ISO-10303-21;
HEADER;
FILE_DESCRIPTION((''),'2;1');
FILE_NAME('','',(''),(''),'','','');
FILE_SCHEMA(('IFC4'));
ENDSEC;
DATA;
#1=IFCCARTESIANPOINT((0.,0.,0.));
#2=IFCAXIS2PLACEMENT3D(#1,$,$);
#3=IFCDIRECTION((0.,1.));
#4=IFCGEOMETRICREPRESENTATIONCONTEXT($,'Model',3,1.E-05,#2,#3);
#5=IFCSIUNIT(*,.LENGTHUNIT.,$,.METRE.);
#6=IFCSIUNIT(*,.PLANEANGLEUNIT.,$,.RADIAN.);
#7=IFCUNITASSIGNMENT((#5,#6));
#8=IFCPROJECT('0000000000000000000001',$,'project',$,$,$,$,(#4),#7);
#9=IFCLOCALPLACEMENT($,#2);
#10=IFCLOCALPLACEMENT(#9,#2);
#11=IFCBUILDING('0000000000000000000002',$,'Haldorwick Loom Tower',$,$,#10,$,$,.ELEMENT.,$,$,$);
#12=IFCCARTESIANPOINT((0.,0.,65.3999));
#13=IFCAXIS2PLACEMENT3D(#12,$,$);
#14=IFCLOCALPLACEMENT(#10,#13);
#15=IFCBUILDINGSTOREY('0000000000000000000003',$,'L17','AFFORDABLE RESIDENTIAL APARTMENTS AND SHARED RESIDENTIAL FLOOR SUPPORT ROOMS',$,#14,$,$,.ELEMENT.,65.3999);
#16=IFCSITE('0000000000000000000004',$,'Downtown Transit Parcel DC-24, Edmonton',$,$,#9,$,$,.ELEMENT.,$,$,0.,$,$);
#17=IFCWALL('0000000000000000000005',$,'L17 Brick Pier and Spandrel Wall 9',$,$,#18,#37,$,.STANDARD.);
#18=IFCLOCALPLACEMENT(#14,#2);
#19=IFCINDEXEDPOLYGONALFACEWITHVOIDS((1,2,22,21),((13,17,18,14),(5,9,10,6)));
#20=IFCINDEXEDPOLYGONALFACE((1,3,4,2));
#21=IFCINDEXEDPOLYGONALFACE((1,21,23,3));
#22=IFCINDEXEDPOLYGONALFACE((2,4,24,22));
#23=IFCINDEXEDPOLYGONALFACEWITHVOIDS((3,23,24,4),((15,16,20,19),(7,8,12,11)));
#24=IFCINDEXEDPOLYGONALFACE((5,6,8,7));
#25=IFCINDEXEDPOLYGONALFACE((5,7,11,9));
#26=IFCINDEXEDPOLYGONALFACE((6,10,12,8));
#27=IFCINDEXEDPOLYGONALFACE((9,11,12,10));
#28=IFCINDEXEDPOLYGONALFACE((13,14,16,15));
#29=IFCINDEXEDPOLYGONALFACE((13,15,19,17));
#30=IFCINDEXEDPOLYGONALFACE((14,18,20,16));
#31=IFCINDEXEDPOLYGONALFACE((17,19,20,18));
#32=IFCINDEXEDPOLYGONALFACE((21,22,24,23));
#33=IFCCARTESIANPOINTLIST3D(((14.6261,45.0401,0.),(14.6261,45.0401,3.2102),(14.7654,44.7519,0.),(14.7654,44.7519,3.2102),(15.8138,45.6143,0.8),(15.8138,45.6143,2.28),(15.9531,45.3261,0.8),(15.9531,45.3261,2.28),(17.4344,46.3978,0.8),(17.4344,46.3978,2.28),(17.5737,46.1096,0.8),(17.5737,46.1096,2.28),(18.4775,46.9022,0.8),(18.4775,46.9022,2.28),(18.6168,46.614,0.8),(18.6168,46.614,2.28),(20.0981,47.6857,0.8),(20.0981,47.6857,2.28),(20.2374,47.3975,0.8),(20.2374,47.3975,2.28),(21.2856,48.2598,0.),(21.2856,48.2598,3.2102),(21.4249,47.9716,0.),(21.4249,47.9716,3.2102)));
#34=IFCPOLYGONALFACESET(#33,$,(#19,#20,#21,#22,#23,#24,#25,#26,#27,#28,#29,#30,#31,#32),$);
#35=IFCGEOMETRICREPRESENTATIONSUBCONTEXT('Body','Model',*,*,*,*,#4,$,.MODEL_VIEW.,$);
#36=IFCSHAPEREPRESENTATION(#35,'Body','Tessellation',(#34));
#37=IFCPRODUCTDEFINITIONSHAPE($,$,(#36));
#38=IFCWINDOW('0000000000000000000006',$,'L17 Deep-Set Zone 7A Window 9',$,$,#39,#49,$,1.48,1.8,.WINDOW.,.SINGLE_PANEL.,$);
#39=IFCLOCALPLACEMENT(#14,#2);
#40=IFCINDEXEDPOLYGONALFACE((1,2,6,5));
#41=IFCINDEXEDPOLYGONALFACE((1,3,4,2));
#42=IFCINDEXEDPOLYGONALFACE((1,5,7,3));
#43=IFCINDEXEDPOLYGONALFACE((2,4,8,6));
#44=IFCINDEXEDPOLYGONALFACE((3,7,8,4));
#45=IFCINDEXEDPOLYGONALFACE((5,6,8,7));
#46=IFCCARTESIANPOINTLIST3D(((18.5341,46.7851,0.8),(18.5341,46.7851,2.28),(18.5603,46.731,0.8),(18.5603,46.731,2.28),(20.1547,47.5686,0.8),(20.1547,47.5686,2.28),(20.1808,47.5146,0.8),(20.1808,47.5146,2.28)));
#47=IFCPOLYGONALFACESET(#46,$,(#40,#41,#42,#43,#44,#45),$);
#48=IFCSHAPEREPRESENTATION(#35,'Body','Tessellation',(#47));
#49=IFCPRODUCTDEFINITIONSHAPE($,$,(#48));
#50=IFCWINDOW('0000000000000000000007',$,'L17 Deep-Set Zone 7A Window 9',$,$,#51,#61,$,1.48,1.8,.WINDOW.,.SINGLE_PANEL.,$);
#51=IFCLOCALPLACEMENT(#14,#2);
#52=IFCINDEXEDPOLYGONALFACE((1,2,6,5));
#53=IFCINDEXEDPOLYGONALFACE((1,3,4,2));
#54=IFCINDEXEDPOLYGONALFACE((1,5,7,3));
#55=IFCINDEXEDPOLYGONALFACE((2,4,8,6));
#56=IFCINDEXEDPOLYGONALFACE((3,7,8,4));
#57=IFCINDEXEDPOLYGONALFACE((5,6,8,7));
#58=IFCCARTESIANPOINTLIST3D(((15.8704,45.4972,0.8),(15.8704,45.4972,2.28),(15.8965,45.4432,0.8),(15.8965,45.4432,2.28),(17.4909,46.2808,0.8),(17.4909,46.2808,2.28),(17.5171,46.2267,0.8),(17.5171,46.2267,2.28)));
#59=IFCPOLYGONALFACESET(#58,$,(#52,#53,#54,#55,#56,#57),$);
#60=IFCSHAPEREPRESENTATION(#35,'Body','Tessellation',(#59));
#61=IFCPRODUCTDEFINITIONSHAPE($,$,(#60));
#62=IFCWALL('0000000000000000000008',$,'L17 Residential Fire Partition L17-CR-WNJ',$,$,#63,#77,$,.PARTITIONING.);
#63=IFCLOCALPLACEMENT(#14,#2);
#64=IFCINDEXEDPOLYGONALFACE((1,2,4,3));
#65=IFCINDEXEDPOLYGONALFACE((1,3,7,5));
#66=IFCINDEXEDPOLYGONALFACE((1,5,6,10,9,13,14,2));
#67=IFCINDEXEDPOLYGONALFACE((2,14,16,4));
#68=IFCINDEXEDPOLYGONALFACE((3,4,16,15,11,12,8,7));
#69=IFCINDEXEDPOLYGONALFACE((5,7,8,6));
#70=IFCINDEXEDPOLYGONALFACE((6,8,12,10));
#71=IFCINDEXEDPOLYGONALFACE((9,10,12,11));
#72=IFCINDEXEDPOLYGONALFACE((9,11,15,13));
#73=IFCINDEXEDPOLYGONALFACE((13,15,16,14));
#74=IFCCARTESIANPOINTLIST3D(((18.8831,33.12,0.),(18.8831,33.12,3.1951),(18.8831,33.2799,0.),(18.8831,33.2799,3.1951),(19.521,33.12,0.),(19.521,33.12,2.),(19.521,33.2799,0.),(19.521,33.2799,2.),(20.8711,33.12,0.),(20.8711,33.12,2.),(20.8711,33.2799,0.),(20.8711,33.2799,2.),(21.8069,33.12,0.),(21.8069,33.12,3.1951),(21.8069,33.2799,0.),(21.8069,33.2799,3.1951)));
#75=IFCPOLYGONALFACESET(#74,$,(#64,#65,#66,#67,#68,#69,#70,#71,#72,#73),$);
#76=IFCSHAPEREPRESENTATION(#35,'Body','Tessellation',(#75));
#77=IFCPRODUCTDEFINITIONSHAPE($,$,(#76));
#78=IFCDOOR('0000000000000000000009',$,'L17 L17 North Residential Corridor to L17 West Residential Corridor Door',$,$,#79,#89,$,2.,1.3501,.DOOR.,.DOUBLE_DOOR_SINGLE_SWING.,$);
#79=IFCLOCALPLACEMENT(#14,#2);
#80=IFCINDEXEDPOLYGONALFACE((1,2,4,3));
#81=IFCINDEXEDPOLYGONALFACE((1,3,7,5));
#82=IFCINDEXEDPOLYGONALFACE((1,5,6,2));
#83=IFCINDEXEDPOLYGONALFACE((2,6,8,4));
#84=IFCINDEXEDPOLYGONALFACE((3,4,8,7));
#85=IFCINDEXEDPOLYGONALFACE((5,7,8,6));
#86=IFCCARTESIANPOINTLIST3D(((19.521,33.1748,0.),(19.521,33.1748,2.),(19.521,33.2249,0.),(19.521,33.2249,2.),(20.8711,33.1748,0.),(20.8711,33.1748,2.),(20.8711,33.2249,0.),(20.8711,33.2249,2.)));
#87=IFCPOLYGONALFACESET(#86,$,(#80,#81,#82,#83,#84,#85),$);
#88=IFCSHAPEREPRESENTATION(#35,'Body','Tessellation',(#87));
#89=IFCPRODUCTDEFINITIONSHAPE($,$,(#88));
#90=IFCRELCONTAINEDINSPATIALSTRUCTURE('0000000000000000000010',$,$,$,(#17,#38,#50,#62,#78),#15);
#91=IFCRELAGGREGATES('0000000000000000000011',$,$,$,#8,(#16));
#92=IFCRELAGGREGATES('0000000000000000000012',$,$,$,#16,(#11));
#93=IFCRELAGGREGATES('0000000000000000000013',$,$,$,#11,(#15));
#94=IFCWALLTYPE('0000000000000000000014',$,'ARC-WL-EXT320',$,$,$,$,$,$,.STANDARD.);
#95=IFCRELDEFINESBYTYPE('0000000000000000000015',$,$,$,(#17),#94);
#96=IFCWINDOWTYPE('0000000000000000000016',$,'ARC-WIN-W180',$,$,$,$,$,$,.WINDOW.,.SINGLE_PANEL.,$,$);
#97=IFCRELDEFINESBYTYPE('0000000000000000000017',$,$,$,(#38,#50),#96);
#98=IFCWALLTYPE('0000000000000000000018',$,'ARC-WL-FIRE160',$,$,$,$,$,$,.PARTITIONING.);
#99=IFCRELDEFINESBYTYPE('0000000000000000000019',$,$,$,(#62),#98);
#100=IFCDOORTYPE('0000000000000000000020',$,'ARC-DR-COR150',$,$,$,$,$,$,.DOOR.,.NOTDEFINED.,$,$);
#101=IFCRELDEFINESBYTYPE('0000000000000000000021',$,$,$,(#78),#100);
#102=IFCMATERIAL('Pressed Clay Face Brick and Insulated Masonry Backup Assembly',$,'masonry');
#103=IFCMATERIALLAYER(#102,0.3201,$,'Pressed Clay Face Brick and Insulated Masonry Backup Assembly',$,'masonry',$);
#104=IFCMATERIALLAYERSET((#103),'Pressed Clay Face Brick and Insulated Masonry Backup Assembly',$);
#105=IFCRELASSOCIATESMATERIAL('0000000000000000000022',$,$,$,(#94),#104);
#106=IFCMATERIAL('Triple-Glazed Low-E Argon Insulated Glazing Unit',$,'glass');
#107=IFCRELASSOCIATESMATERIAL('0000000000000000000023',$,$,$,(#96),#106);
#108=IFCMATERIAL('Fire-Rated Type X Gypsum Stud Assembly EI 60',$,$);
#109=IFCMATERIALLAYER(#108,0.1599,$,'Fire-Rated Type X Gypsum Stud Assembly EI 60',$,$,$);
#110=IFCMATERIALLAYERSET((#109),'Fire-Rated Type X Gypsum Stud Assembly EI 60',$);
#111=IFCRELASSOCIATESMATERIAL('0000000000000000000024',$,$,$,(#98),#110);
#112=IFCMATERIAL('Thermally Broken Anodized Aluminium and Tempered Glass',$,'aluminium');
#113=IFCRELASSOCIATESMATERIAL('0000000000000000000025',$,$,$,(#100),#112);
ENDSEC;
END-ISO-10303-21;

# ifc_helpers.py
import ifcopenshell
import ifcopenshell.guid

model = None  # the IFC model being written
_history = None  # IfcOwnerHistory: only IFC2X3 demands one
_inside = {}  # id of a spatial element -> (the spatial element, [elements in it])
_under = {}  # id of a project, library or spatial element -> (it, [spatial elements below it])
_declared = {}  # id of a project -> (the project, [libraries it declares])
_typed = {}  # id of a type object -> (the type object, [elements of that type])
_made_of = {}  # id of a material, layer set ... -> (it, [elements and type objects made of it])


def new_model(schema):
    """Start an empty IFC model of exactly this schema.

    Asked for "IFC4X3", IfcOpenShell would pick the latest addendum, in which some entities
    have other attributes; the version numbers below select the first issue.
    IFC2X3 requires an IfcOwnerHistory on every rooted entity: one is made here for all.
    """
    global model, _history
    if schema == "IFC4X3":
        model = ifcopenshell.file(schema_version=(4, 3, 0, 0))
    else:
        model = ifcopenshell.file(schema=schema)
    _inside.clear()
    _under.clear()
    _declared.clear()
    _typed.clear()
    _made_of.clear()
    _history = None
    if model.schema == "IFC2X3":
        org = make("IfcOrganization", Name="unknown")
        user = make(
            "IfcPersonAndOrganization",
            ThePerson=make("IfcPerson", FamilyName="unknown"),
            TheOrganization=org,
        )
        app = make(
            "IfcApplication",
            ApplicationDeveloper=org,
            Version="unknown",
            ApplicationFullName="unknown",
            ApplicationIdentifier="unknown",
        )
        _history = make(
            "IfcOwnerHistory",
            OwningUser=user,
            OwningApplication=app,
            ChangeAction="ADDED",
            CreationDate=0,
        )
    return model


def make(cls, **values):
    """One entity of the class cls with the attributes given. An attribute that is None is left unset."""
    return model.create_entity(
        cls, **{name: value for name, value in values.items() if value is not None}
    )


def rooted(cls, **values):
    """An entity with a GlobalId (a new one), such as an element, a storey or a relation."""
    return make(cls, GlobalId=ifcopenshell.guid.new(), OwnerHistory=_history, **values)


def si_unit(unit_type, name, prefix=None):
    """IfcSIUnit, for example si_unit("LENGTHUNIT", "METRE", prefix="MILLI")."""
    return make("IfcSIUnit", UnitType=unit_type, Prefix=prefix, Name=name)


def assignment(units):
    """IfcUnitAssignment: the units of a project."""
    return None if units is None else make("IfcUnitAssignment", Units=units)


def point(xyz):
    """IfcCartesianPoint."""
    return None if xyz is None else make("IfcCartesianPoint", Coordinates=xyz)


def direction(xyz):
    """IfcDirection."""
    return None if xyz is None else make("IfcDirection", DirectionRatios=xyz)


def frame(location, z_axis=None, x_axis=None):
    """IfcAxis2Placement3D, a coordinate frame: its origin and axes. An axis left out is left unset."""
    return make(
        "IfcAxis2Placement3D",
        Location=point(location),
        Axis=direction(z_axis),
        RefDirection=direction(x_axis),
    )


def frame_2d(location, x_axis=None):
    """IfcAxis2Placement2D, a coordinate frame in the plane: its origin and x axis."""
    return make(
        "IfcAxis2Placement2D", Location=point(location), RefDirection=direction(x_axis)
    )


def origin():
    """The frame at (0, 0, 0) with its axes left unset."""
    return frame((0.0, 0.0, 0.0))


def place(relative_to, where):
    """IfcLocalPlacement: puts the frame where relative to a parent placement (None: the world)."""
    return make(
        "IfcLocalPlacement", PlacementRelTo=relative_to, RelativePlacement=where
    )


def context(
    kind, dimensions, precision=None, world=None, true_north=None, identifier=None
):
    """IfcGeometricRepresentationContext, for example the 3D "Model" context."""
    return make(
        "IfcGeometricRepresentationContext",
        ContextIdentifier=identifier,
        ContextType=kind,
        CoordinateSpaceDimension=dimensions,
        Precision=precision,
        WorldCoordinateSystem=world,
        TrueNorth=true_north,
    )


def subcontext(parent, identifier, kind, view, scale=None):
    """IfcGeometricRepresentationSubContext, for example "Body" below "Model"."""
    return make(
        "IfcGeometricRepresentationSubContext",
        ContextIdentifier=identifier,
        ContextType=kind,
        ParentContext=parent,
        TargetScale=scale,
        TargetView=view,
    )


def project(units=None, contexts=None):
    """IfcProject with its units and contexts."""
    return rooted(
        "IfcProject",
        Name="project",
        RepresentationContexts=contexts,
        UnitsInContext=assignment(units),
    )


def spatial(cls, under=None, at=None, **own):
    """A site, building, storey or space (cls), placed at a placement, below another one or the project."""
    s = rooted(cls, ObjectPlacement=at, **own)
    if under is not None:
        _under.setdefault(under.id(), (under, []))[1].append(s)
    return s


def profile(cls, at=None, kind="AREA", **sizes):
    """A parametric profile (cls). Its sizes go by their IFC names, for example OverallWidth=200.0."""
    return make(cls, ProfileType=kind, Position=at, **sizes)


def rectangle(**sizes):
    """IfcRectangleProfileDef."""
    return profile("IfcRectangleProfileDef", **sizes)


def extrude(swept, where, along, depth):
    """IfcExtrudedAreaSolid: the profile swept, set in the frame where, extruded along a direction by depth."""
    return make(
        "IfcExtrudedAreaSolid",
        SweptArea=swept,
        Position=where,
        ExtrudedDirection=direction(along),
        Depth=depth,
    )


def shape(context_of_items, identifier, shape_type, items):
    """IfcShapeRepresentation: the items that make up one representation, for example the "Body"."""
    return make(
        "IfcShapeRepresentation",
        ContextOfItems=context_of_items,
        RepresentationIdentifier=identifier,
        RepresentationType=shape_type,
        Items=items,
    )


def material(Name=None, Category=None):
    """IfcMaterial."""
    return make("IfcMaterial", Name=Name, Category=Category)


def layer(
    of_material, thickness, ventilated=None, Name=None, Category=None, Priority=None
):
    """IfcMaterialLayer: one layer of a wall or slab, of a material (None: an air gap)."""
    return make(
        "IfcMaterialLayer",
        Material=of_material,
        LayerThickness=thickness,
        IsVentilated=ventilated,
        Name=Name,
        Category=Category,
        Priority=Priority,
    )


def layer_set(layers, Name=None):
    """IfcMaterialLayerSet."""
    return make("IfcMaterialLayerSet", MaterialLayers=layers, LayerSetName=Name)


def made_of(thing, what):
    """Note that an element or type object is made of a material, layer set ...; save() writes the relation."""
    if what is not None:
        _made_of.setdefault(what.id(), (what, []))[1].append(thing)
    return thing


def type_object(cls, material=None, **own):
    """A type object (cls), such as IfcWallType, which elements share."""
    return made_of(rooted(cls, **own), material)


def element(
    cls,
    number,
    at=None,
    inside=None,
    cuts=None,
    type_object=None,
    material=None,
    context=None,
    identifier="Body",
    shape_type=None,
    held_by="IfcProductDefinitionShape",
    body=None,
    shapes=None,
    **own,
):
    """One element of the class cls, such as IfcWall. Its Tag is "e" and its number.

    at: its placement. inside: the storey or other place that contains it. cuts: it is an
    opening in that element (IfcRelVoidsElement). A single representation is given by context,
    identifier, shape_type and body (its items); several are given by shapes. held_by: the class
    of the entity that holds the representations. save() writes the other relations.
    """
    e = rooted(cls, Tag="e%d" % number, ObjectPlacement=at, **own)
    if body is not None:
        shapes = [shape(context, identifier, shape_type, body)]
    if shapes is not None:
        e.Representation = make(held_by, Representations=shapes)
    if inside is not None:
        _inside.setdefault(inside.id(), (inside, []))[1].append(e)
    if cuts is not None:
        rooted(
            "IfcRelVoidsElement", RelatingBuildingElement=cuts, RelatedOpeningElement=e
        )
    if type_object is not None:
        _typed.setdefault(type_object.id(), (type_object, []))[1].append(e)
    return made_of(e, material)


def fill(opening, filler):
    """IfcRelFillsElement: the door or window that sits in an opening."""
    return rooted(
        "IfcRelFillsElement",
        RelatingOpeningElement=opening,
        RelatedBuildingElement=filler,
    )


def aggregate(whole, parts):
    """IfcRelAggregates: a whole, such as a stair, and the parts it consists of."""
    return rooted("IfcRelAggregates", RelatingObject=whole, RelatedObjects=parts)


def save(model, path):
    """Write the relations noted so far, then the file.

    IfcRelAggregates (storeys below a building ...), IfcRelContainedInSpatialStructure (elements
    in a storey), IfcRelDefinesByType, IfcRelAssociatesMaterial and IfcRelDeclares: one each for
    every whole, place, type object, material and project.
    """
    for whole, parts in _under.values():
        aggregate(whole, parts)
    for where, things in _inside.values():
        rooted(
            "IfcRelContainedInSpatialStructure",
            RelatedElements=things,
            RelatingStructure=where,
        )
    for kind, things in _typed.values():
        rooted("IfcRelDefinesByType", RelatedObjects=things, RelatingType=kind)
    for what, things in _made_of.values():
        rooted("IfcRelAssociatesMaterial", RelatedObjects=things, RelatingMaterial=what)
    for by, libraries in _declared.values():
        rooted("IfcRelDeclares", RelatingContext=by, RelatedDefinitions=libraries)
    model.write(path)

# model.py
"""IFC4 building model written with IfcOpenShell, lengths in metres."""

from ifc_helpers import new_model, si_unit, direction, frame, frame_2d, origin, place, context, subcontext, project, spatial, rectangle, extrude, material, layer, layer_set, type_object, element, fill, save


model = new_model("IFC4")

# Units and contexts
model_context = context("Model", 3, precision=1e-05, world=origin(), true_north=direction((0.0, 1.0)))
body_context = subcontext(model_context, "Body", "Model", "MODEL_VIEW")
ifc_project = project(units=[si_unit("LENGTHUNIT", "METRE"), si_unit("PLANEANGLEUNIT", "RADIAN")], contexts=[model_context])

# Site, building, storey
site_placement = place(None, origin())
site = spatial("IfcSite", under=ifc_project, at=site_placement, Name="Downtown Transit Parcel DC-24, Edmonton", CompositionType="ELEMENT", RefElevation=0.0)
building_placement = place(site_placement, origin())
building = spatial("IfcBuilding", under=site, at=building_placement, Name="Haldorwick Loom Tower", CompositionType="ELEMENT")
storey_placement = place(building_placement, frame((0.0, 0.0, 65.3999)))
storey = spatial("IfcBuildingStorey", under=building, at=storey_placement, Name="L17", Description="AFFORDABLE RESIDENTIAL APARTMENTS AND SHARED RESIDENTIAL FLOOR SUPPORT ROOMS", CompositionType="ELEMENT", Elevation=65.3999)

# Wall, openings, windows
ifc_material_1 = material(Name="Pressed Clay Face Brick and Insulated Masonry Backup Assembly", Category="masonry")
ifc_layer_1 = layer(ifc_material_1, 0.3201, Name="Pressed Clay Face Brick and Insulated Masonry Backup Assembly", Category="masonry")
ifc_layer_set_1 = layer_set([ifc_layer_1], Name="Pressed Clay Face Brick and Insulated Masonry Backup Assembly")
wall_type_1 = type_object("IfcWallType", Name="ARC-WL-EXT320", PredefinedType="STANDARD", material=ifc_layer_set_1)
wall_1_placement = place(storey_placement, frame((21.3552, 48.1157, 0.0), z_axis=(0.0, 0.0, 1.0), x_axis=(-0.900296, -0.435279, 0.0)))
wall_1 = element("IfcWall", 1, at=wall_1_placement, inside=storey, type_object=wall_type_1, Name="L17 Brick Pier and Spandrel Wall 9", PredefinedType="STANDARD", context=body_context, shape_type="SweptSolid", body=[
    extrude(rectangle(XDim=7.397, YDim=0.3201, at=frame_2d((3.6985, 0.0))), origin(), (0.0, 0.0, 1.0), 3.2102),
])
opening_1_placement = place(wall_1_placement, frame((1.3191, 0.0, 0.8)))
opening_1 = element("IfcOpeningElement", 2, at=opening_1_placement, cuts=wall_1, PredefinedType="OPENING", context=body_context, shape_type="SweptSolid", body=[
    extrude(rectangle(XDim=1.8, YDim=1.48, at=frame_2d((0.8999, 0.74))), frame((0.0, 0.1699, 0.0), z_axis=(0.0, -1.0, 0.0), x_axis=(1.0, 0.0, 0.0)), (0.0, 0.0, 1.0), 0.3401),
])
opening_2_placement = place(wall_1_placement, frame((4.2778, 0.0, 0.8)))
opening_2 = element("IfcOpeningElement", 3, at=opening_2_placement, cuts=wall_1, PredefinedType="OPENING", context=body_context, shape_type="SweptSolid", body=[
    extrude(rectangle(XDim=1.8, YDim=1.48, at=frame_2d((0.8999, 0.74))), frame((0.0, 0.1699, 0.0), z_axis=(0.0, -1.0, 0.0), x_axis=(1.0, 0.0, 0.0)), (0.0, 0.0, 1.0), 0.3401),
])
ifc_material_2 = material(Name="Triple-Glazed Low-E Argon Insulated Glazing Unit", Category="glass")
window_type = type_object("IfcWindowType", Name="ARC-WIN-W180", PartitioningType="SINGLE_PANEL", PredefinedType="WINDOW", material=ifc_material_2)
window_1_placement = place(opening_1_placement, origin())
window_1 = element("IfcWindow", 4, at=window_1_placement, inside=storey, type_object=window_type, Name="L17 Deep-Set Zone 7A Window 9", OverallHeight=1.48, OverallWidth=1.8, PartitioningType="SINGLE_PANEL", PredefinedType="WINDOW", context=body_context, shape_type="SweptSolid", body=[
    extrude(rectangle(XDim=1.8, YDim=1.48, at=frame_2d((0.8999, 0.74))), frame((0.0, 0.03, 0.0), z_axis=(0.0, -1.0, 0.0), x_axis=(1.0, 0.0, 0.0)), (0.0, 0.0, 1.0), 0.0601),
])
fill(opening_1, window_1)
window_2_placement = place(opening_2_placement, origin())
window_2 = element("IfcWindow", 5, at=window_2_placement, inside=storey, type_object=window_type, Name="L17 Deep-Set Zone 7A Window 9", OverallHeight=1.48, OverallWidth=1.8, PartitioningType="SINGLE_PANEL", PredefinedType="WINDOW", context=body_context, shape_type="SweptSolid", body=[
    extrude(rectangle(XDim=1.8, YDim=1.48, at=frame_2d((0.8999, 0.74))), frame((0.0, 0.03, 0.0), z_axis=(0.0, -1.0, 0.0), x_axis=(1.0, 0.0, 0.0)), (0.0, 0.0, 1.0), 0.0601),
])
fill(opening_2, window_2)

# Wall, opening, door
ifc_material_3 = material(Name="Fire-Rated Type X Gypsum Stud Assembly EI 60")
ifc_layer_2 = layer(ifc_material_3, 0.1599, Name="Fire-Rated Type X Gypsum Stud Assembly EI 60")
ifc_layer_set_2 = layer_set([ifc_layer_2], Name="Fire-Rated Type X Gypsum Stud Assembly EI 60")
wall_type_2 = type_object("IfcWallType", Name="ARC-WL-FIRE160", PredefinedType="PARTITIONING", material=ifc_layer_set_2)
wall_2_placement = place(storey_placement, frame((18.8831, 33.2, 0.0), z_axis=(0.0, 0.0, 1.0), x_axis=(1.0, 0.0, 0.0)))
wall_2 = element("IfcWall", 6, at=wall_2_placement, inside=storey, type_object=wall_type_2, Name="L17 Residential Fire Partition L17-CR-WNJ", PredefinedType="PARTITIONING", context=body_context, shape_type="SweptSolid", body=[
    extrude(rectangle(XDim=2.9238, YDim=0.1599, at=frame_2d((1.4619, 0.0))), origin(), (0.0, 0.0, 1.0), 3.1951),
])
opening_3_placement = place(wall_2_placement, frame((0.6379, 0.0, 0.0)))
opening_3 = element("IfcOpeningElement", 7, at=opening_3_placement, cuts=wall_2, PredefinedType="OPENING", context=body_context, shape_type="SweptSolid", body=[
    extrude(rectangle(XDim=1.3501, YDim=2.0, at=frame_2d((0.675, 1.0))), frame((0.0, 0.0898, 0.0), z_axis=(0.0, -1.0, 0.0), x_axis=(1.0, 0.0, 0.0)), (0.0, 0.0, 1.0), 0.1799),
])
ifc_material_4 = material(Name="Thermally Broken Anodized Aluminium and Tempered Glass", Category="aluminium")
door_type_1 = type_object("IfcDoorType", Name="ARC-DR-COR150", OperationType="NOTDEFINED", PredefinedType="DOOR", material=ifc_material_4)
door_1_placement = place(opening_3_placement, origin())
door_1 = element("IfcDoor", 8, at=door_1_placement, inside=storey, type_object=door_type_1, Name="L17 L17 North Residential Corridor to L17 West Residential Corridor Door", OperationType="DOUBLE_DOOR_SINGLE_SWING", OverallHeight=2.0, OverallWidth=1.3501, PredefinedType="DOOR", context=body_context, shape_type="SweptSolid", body=[
    extrude(rectangle(XDim=1.3501, YDim=2.0, at=frame_2d((0.675, 1.0))), frame((0.0, 0.0249, 0.0), z_axis=(0.0, -1.0, 0.0), x_axis=(1.0, 0.0, 0.0)), (0.0, 0.0, 1.0), 0.05),
])
fill(opening_3, door_1)

save(model, "model.ifc")
